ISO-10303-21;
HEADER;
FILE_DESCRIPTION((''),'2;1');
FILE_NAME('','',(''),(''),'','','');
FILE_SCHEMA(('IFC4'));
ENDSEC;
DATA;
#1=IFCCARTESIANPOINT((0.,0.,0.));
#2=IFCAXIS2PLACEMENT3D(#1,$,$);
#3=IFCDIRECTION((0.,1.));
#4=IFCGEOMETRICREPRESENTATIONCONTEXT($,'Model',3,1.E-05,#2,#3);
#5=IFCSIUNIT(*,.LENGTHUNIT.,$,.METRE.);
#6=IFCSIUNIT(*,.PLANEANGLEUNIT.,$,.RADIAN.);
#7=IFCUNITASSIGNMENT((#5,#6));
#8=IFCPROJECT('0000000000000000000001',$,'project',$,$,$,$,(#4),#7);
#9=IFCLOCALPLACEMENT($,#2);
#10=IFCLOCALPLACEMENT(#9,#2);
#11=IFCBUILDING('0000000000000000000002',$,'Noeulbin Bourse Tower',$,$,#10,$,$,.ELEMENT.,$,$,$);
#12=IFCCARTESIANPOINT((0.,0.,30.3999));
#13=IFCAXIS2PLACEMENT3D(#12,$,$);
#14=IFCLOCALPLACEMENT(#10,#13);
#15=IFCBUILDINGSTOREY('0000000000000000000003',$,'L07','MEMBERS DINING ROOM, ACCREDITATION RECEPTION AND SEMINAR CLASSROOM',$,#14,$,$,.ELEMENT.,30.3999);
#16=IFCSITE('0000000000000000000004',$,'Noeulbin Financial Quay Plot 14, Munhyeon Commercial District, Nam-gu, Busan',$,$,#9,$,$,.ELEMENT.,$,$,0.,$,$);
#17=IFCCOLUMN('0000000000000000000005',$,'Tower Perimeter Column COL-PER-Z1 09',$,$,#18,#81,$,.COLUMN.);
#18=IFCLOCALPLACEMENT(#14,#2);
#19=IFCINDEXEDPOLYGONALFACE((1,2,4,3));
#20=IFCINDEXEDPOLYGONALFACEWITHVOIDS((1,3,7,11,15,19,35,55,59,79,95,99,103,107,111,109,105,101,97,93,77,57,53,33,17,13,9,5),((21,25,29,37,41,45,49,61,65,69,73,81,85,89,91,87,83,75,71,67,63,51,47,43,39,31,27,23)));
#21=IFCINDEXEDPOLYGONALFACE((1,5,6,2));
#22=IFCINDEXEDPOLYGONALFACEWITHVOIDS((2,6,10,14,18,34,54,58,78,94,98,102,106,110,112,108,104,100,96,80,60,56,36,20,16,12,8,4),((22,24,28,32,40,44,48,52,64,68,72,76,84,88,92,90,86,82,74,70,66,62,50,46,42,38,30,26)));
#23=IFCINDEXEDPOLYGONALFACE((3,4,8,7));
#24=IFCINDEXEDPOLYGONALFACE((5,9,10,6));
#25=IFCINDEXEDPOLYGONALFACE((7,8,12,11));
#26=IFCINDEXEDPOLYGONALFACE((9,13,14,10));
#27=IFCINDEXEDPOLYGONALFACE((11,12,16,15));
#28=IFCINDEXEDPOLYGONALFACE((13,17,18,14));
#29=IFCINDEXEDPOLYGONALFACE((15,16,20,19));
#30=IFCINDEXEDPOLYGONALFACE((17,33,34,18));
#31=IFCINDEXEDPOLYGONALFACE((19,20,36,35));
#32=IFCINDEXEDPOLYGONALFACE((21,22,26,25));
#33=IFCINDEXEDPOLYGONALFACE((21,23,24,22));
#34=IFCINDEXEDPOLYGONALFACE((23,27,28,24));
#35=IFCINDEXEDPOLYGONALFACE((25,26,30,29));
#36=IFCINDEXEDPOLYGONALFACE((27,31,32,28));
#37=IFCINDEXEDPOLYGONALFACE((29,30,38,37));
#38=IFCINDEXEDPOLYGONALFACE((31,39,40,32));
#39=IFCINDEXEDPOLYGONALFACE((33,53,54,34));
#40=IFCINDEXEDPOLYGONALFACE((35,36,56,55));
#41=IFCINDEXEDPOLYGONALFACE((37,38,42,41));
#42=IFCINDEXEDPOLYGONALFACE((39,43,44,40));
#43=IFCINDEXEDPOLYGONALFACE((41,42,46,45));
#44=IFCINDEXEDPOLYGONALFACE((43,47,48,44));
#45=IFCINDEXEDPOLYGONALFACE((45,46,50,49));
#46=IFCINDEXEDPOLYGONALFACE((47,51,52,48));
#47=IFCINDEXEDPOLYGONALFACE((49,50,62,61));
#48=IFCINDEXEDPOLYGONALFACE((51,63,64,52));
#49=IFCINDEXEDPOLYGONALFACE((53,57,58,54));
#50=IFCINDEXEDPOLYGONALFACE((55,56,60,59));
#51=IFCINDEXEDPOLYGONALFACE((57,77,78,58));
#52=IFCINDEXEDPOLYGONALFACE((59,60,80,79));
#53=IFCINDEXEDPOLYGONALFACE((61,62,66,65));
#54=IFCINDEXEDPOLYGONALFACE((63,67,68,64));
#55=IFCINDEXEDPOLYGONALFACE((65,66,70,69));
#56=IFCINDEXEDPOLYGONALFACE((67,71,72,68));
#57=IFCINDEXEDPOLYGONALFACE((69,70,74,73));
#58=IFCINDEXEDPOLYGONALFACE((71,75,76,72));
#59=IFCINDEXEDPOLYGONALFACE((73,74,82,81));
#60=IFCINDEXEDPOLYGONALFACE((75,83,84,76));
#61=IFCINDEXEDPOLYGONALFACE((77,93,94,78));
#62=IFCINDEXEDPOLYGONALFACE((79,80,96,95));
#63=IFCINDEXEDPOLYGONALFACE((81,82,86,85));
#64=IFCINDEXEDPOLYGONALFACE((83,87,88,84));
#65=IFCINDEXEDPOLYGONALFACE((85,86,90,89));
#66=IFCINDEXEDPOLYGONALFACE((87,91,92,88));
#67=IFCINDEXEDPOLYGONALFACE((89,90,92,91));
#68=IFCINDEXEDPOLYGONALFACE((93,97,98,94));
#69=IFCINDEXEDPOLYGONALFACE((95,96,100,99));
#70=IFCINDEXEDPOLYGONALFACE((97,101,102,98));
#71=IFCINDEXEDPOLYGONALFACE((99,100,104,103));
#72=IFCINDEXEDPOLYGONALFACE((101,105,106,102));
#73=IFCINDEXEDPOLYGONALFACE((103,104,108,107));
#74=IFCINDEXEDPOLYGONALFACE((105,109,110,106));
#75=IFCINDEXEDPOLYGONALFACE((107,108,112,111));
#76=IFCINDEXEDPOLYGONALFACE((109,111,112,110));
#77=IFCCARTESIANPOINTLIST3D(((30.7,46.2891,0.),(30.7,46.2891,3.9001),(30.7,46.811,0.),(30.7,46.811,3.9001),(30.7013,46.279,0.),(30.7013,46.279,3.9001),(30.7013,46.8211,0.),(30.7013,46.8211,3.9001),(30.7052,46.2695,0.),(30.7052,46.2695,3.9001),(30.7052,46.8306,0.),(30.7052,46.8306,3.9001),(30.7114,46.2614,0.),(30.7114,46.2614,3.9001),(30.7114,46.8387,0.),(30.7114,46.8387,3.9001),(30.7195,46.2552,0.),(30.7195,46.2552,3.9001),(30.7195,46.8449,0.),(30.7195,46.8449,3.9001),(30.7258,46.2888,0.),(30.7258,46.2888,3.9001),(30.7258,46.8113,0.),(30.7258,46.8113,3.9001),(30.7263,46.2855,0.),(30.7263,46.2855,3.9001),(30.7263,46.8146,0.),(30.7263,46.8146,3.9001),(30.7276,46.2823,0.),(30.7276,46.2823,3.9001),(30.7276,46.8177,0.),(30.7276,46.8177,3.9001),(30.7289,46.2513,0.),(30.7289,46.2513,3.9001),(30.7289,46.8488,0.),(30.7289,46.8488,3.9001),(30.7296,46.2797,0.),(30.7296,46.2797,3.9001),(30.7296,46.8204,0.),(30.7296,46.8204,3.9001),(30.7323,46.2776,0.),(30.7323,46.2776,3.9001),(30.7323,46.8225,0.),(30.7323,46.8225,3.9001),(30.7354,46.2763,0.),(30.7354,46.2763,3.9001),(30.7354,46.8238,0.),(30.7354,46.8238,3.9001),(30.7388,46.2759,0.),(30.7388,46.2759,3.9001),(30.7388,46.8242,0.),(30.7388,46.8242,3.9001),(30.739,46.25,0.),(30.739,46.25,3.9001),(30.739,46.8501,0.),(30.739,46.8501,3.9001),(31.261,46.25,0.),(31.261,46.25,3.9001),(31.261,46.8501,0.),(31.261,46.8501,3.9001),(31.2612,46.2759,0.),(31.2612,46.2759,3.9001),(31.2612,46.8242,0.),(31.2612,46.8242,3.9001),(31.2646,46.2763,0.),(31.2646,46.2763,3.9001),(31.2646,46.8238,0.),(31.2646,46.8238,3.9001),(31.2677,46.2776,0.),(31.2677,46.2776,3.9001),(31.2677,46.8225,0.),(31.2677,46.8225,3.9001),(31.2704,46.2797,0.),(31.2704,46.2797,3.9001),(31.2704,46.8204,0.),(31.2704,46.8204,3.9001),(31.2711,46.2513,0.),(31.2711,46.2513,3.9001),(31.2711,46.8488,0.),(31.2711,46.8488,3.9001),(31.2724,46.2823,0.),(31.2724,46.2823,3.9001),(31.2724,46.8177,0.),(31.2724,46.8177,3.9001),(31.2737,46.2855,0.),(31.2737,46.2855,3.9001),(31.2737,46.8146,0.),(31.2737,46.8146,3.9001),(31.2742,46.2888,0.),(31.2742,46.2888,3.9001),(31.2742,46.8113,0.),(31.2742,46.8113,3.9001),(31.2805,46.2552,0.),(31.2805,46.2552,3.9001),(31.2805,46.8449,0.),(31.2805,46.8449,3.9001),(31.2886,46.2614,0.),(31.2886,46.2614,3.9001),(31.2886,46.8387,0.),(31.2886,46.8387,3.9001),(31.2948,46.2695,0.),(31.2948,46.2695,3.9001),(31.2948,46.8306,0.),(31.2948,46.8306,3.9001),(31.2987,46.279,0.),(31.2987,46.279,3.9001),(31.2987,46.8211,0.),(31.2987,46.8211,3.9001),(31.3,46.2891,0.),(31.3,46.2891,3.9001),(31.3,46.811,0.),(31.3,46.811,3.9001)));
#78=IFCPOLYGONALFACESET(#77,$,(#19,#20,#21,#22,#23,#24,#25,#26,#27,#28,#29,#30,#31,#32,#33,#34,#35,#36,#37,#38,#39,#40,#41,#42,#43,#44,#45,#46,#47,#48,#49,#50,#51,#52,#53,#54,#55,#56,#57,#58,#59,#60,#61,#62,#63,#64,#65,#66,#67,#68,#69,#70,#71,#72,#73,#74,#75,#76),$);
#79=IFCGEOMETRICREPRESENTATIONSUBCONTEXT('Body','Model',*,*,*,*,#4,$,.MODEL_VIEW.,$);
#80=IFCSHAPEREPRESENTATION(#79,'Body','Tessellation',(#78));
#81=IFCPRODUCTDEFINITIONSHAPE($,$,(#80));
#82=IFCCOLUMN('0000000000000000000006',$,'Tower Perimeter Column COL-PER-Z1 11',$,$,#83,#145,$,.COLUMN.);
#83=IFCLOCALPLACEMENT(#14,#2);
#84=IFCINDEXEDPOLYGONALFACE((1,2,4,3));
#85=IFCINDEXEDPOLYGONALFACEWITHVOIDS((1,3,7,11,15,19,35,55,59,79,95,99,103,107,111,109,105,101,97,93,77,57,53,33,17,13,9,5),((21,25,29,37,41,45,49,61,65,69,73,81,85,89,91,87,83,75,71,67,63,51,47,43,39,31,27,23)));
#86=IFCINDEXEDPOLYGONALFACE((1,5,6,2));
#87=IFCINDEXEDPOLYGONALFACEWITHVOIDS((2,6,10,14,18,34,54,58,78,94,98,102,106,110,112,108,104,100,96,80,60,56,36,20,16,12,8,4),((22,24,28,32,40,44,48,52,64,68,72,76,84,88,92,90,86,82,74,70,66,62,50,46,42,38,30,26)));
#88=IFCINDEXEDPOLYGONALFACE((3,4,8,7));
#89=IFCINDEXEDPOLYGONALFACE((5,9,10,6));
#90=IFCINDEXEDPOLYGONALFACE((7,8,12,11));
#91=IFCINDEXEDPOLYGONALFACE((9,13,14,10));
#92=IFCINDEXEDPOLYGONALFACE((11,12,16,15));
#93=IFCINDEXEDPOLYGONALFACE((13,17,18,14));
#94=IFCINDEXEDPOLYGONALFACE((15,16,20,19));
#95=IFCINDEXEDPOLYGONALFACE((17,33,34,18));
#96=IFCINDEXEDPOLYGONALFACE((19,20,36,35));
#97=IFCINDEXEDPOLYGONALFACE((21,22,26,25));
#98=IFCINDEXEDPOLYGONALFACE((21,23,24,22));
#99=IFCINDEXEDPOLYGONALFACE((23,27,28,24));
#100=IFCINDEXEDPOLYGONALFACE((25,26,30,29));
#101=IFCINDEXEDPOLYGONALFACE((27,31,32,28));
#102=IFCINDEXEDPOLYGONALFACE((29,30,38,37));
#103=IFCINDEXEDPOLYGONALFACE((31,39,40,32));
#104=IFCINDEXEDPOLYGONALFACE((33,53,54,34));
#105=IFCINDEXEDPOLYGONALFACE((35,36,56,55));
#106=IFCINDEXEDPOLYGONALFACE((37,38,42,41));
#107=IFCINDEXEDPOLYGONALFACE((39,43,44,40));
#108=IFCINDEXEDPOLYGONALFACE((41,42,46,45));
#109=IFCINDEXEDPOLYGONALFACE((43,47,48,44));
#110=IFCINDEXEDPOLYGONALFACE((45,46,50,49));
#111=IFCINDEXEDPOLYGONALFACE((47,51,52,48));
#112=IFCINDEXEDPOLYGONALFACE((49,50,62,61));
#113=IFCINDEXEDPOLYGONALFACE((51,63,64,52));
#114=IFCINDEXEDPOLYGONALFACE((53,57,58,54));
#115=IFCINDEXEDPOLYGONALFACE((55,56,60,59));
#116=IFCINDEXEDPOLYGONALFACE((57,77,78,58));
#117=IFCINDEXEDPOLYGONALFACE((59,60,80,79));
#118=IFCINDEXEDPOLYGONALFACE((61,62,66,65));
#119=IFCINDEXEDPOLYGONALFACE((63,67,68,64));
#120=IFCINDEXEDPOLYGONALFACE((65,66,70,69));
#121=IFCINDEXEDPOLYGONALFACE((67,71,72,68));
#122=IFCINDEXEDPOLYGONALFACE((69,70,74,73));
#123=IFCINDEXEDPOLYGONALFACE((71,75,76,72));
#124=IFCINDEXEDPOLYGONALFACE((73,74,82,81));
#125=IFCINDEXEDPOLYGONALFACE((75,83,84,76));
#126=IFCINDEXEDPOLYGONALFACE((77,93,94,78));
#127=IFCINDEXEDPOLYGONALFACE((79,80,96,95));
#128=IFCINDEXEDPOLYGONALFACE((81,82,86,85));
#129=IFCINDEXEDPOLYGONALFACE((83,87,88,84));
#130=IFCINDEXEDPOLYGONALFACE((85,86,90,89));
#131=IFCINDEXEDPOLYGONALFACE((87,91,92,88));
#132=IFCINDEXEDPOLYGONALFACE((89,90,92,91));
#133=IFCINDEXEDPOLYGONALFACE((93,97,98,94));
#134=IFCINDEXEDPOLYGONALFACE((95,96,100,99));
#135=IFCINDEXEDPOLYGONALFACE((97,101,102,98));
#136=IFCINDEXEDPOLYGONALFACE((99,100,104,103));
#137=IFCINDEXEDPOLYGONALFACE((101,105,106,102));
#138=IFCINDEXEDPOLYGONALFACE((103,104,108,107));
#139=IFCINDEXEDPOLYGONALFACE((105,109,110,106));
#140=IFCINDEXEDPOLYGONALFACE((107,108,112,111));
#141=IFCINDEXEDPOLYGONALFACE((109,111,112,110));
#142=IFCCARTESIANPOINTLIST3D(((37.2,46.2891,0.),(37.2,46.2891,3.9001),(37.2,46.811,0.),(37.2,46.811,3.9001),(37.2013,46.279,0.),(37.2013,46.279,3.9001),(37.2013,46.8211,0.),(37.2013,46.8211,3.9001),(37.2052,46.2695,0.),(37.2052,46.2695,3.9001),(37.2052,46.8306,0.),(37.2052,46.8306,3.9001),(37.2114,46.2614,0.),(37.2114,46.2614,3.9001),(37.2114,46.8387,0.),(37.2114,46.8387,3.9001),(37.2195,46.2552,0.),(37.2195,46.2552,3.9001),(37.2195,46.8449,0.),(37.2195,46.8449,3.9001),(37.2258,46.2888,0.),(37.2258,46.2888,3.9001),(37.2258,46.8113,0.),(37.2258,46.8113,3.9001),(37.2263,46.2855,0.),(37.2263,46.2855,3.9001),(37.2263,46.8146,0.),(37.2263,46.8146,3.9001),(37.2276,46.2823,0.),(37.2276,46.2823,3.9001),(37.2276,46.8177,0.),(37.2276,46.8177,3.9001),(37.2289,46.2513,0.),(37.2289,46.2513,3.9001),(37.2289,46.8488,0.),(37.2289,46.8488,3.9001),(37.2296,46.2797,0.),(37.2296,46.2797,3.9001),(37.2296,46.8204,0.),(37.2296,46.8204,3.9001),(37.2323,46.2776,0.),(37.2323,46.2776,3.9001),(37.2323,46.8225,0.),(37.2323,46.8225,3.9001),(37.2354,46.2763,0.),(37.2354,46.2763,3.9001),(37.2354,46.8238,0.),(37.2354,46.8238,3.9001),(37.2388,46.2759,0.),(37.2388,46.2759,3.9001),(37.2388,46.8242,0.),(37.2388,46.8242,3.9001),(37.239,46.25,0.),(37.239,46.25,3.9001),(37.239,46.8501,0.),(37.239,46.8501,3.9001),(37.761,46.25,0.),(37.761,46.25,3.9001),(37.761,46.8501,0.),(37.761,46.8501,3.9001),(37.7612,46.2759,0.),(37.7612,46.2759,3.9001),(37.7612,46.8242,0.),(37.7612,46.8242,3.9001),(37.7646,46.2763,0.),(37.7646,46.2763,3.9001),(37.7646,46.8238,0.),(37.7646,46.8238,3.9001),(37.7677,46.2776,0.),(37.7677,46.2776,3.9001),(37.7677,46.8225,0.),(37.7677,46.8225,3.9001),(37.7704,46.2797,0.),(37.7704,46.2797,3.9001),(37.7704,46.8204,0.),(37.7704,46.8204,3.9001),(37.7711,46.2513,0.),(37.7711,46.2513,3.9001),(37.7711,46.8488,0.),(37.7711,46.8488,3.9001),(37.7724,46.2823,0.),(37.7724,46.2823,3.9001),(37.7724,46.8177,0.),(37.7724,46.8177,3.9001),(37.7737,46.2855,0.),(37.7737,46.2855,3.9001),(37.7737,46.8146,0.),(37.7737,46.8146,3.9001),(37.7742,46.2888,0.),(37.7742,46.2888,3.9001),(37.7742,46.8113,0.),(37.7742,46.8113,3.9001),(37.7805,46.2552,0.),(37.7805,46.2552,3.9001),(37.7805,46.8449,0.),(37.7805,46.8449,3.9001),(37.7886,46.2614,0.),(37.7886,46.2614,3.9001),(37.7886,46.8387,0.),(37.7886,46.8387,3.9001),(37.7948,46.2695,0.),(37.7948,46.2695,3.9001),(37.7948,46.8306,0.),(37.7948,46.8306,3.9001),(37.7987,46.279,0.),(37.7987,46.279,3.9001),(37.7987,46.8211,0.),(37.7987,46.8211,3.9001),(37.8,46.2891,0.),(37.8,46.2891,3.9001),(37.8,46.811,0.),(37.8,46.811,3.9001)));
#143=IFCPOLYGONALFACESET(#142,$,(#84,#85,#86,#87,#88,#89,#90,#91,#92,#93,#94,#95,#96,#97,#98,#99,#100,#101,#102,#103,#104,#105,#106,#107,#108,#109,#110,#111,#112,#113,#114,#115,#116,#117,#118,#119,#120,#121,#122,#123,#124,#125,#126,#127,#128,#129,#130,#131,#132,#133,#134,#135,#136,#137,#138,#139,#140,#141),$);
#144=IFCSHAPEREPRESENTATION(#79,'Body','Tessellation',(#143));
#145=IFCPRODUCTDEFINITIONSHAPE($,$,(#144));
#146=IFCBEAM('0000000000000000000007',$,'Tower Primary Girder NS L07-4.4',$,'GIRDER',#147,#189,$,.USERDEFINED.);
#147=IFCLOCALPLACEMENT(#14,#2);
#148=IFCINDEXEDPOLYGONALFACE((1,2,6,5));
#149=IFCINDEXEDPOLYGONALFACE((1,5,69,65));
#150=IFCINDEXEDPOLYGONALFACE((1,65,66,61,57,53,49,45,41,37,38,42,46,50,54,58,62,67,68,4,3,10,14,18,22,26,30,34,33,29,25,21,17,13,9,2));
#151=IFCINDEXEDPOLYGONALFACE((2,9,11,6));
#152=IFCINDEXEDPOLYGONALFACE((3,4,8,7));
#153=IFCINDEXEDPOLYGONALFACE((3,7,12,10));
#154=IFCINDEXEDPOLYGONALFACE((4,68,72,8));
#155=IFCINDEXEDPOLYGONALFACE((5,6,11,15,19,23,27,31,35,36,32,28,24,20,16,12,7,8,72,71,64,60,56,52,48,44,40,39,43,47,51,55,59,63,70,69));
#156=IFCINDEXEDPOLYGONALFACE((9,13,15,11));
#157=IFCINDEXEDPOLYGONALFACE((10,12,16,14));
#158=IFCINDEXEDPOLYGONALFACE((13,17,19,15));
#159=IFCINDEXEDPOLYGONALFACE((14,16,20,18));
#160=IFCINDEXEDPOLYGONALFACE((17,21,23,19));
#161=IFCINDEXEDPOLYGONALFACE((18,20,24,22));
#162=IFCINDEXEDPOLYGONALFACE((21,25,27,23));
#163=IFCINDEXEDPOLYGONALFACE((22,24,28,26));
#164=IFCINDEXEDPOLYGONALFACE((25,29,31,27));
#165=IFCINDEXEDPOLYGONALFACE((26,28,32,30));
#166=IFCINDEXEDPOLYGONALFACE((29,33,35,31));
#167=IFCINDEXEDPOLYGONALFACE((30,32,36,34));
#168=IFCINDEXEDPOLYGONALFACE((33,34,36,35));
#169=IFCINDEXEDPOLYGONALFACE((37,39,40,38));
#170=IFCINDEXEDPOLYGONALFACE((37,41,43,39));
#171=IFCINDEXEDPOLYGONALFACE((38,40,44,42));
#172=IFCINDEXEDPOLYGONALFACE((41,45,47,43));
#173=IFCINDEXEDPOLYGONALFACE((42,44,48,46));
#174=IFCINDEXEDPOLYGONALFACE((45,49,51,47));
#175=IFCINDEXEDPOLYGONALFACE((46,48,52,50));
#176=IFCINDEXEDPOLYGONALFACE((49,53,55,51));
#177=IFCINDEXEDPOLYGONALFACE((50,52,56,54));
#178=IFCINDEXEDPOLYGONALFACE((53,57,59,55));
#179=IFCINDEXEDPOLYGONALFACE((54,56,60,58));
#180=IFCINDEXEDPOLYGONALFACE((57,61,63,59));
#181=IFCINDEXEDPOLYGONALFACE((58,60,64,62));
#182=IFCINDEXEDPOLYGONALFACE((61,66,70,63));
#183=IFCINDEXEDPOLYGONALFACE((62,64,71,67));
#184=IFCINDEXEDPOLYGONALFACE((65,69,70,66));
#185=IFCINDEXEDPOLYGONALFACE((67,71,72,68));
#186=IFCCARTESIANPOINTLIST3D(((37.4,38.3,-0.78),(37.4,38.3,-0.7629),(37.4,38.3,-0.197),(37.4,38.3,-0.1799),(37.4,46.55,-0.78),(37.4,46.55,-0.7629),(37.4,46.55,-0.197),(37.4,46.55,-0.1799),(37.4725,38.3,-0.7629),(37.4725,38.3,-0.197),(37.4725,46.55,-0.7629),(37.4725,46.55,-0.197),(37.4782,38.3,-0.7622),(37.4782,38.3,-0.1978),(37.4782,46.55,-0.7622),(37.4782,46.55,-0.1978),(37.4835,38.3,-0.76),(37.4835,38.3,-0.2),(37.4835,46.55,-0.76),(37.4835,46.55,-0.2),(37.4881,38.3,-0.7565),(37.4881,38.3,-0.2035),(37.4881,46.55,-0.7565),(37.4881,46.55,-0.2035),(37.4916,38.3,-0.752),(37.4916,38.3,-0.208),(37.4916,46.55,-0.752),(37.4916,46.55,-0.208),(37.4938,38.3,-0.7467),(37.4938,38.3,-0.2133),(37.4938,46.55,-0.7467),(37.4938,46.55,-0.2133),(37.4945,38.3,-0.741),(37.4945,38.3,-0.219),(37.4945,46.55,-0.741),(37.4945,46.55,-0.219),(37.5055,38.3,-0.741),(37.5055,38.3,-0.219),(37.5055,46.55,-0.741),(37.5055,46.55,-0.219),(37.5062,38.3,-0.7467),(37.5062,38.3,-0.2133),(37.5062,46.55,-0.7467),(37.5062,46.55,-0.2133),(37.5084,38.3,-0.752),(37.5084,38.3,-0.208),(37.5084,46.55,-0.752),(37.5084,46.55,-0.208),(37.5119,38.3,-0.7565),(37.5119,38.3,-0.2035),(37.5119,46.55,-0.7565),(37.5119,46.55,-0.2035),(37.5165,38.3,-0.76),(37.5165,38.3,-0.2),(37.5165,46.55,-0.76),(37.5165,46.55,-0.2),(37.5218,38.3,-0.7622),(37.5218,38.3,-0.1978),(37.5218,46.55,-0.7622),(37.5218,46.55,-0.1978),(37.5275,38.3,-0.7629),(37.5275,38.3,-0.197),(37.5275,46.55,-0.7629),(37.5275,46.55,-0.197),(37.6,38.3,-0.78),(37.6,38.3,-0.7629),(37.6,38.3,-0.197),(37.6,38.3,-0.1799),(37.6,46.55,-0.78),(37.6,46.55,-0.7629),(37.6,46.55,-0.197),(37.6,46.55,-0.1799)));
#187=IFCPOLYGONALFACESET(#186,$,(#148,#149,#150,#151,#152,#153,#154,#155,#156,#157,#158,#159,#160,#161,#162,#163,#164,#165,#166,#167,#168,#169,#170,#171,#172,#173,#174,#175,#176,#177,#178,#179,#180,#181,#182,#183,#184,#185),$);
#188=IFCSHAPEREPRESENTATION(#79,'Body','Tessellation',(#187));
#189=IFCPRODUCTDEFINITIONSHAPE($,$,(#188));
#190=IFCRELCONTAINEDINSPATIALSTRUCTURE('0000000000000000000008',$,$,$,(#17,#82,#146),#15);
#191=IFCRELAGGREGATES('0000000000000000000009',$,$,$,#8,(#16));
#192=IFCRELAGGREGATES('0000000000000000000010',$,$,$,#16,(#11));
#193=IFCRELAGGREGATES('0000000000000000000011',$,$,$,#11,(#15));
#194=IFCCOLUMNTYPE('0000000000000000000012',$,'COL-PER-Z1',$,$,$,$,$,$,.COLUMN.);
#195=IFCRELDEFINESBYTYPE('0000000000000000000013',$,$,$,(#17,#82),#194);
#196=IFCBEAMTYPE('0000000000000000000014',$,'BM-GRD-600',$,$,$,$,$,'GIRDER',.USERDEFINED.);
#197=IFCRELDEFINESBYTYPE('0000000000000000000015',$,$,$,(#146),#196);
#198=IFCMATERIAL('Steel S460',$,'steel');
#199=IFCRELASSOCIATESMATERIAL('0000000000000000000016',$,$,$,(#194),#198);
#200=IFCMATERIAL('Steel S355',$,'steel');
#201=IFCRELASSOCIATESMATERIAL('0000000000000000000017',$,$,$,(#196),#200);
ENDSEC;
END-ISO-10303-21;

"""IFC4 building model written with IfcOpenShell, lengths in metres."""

from ifc_helpers import new_model, si_unit, direction, frame, origin, origin_2d, place, context, subcontext, project, spatial, hollow_rectangle, i_section, extrude, material, material_profile, profile_set, type_object, element, save


model = new_model("IFC4")

# Units and contexts
model_context = context("Model", 3, precision=1e-05, world=origin(), true_north=direction((0.0, 1.0)))
body_context = subcontext(model_context, "Body", "Model", "MODEL_VIEW")
ifc_project = project(units=[si_unit("LENGTHUNIT", "METRE"), si_unit("PLANEANGLEUNIT", "RADIAN")], contexts=[model_context])

# Site, building, storey
site_placement = place(None, origin())
site = spatial("IfcSite", under=ifc_project, at=site_placement, Name="Noeulbin Financial Quay Plot 14, Munhyeon Commercial District, Nam-gu, Busan", CompositionType="ELEMENT", RefElevation=0.0)
building_placement = place(site_placement, origin())
building = spatial("IfcBuilding", under=site, at=building_placement, Name="Noeulbin Bourse Tower", CompositionType="ELEMENT")
storey_placement = place(building_placement, frame((0.0, 0.0, 30.3999)))
storey = spatial("IfcBuildingStorey", under=building, at=storey_placement, Name="L07", Description="MEMBERS DINING ROOM, ACCREDITATION RECEPTION AND SEMINAR CLASSROOM", CompositionType="ELEMENT", Elevation=30.3999)

# Columns
ifc_material_1 = material(Name="Steel S460", Category="steel")
ifc_material_profile_1 = material_profile(ifc_material_1, hollow_rectangle(XDim=0.6001, YDim=0.6001, WallThickness=0.0259, InnerFilletRadius=0.0129, OuterFilletRadius=0.0391, at=origin_2d()), Name="BOX-600x600x26", Category="LoadBearing")
ifc_profile_set_1 = profile_set([ifc_material_profile_1], Name="Steel S460")
column_type = type_object("IfcColumnType", Name="COL-PER-Z1", PredefinedType="COLUMN", material=ifc_profile_set_1)
for number, where, z_axis, x_axis, name in (
    (1, (31.0, 46.55, 0.0), (0.0, 0.0, 1.0), (1.0, 0.0, 0.0), "Tower Perimeter Column COL-PER-Z1 09"),
    (2, (37.5, 46.55, 0.0), (0.0, 0.0, 1.0), (1.0, 0.0, 0.0), "Tower Perimeter Column COL-PER-Z1 11"),
):
    element("IfcColumn", number, at=place(storey_placement, frame(where, z_axis=z_axis, x_axis=x_axis)), inside=storey, type_object=column_type, Name=name, PredefinedType="COLUMN", context=body_context, shape_type="SweptSolid", body=[
        extrude(hollow_rectangle(XDim=0.6001, YDim=0.6001, WallThickness=0.0259, InnerFilletRadius=0.0129, OuterFilletRadius=0.0391, at=origin_2d()), origin(), (0.0, 0.0, 1.0), 3.9001),
    ])

# Beam
ifc_material_2 = material(Name="Steel S355", Category="steel")
ifc_material_profile_2 = material_profile(ifc_material_2, i_section(OverallWidth=0.2, OverallDepth=0.6001, WebThickness=0.011, FlangeThickness=0.0171, FilletRadius=0.022, at=origin_2d()), Name="H-600x200x11x17", Category="LoadBearing")
ifc_profile_set_2 = profile_set([ifc_material_profile_2], Name="Steel S355")
beam_type_1 = type_object("IfcBeamType", Name="BM-GRD-600", ElementType="GIRDER", PredefinedType="USERDEFINED", material=ifc_profile_set_2)
beam_placement = place(storey_placement, frame((37.5, 38.3, -0.48), z_axis=(0.0, 1.0, 0.0), x_axis=(-1.0, 0.0, 0.0)))
element("IfcBeam", 3, at=beam_placement, inside=storey, type_object=beam_type_1, Name="Tower Primary Girder NS L07-4.4", ObjectType="GIRDER", PredefinedType="USERDEFINED", context=body_context, shape_type="SweptSolid", body=[
    extrude(i_section(OverallWidth=0.2, OverallDepth=0.6001, WebThickness=0.011, FlangeThickness=0.0171, FilletRadius=0.022, at=origin_2d()), origin(), (0.0, 0.0, 1.0), 8.25),
])

save(model, "model.ifc")
